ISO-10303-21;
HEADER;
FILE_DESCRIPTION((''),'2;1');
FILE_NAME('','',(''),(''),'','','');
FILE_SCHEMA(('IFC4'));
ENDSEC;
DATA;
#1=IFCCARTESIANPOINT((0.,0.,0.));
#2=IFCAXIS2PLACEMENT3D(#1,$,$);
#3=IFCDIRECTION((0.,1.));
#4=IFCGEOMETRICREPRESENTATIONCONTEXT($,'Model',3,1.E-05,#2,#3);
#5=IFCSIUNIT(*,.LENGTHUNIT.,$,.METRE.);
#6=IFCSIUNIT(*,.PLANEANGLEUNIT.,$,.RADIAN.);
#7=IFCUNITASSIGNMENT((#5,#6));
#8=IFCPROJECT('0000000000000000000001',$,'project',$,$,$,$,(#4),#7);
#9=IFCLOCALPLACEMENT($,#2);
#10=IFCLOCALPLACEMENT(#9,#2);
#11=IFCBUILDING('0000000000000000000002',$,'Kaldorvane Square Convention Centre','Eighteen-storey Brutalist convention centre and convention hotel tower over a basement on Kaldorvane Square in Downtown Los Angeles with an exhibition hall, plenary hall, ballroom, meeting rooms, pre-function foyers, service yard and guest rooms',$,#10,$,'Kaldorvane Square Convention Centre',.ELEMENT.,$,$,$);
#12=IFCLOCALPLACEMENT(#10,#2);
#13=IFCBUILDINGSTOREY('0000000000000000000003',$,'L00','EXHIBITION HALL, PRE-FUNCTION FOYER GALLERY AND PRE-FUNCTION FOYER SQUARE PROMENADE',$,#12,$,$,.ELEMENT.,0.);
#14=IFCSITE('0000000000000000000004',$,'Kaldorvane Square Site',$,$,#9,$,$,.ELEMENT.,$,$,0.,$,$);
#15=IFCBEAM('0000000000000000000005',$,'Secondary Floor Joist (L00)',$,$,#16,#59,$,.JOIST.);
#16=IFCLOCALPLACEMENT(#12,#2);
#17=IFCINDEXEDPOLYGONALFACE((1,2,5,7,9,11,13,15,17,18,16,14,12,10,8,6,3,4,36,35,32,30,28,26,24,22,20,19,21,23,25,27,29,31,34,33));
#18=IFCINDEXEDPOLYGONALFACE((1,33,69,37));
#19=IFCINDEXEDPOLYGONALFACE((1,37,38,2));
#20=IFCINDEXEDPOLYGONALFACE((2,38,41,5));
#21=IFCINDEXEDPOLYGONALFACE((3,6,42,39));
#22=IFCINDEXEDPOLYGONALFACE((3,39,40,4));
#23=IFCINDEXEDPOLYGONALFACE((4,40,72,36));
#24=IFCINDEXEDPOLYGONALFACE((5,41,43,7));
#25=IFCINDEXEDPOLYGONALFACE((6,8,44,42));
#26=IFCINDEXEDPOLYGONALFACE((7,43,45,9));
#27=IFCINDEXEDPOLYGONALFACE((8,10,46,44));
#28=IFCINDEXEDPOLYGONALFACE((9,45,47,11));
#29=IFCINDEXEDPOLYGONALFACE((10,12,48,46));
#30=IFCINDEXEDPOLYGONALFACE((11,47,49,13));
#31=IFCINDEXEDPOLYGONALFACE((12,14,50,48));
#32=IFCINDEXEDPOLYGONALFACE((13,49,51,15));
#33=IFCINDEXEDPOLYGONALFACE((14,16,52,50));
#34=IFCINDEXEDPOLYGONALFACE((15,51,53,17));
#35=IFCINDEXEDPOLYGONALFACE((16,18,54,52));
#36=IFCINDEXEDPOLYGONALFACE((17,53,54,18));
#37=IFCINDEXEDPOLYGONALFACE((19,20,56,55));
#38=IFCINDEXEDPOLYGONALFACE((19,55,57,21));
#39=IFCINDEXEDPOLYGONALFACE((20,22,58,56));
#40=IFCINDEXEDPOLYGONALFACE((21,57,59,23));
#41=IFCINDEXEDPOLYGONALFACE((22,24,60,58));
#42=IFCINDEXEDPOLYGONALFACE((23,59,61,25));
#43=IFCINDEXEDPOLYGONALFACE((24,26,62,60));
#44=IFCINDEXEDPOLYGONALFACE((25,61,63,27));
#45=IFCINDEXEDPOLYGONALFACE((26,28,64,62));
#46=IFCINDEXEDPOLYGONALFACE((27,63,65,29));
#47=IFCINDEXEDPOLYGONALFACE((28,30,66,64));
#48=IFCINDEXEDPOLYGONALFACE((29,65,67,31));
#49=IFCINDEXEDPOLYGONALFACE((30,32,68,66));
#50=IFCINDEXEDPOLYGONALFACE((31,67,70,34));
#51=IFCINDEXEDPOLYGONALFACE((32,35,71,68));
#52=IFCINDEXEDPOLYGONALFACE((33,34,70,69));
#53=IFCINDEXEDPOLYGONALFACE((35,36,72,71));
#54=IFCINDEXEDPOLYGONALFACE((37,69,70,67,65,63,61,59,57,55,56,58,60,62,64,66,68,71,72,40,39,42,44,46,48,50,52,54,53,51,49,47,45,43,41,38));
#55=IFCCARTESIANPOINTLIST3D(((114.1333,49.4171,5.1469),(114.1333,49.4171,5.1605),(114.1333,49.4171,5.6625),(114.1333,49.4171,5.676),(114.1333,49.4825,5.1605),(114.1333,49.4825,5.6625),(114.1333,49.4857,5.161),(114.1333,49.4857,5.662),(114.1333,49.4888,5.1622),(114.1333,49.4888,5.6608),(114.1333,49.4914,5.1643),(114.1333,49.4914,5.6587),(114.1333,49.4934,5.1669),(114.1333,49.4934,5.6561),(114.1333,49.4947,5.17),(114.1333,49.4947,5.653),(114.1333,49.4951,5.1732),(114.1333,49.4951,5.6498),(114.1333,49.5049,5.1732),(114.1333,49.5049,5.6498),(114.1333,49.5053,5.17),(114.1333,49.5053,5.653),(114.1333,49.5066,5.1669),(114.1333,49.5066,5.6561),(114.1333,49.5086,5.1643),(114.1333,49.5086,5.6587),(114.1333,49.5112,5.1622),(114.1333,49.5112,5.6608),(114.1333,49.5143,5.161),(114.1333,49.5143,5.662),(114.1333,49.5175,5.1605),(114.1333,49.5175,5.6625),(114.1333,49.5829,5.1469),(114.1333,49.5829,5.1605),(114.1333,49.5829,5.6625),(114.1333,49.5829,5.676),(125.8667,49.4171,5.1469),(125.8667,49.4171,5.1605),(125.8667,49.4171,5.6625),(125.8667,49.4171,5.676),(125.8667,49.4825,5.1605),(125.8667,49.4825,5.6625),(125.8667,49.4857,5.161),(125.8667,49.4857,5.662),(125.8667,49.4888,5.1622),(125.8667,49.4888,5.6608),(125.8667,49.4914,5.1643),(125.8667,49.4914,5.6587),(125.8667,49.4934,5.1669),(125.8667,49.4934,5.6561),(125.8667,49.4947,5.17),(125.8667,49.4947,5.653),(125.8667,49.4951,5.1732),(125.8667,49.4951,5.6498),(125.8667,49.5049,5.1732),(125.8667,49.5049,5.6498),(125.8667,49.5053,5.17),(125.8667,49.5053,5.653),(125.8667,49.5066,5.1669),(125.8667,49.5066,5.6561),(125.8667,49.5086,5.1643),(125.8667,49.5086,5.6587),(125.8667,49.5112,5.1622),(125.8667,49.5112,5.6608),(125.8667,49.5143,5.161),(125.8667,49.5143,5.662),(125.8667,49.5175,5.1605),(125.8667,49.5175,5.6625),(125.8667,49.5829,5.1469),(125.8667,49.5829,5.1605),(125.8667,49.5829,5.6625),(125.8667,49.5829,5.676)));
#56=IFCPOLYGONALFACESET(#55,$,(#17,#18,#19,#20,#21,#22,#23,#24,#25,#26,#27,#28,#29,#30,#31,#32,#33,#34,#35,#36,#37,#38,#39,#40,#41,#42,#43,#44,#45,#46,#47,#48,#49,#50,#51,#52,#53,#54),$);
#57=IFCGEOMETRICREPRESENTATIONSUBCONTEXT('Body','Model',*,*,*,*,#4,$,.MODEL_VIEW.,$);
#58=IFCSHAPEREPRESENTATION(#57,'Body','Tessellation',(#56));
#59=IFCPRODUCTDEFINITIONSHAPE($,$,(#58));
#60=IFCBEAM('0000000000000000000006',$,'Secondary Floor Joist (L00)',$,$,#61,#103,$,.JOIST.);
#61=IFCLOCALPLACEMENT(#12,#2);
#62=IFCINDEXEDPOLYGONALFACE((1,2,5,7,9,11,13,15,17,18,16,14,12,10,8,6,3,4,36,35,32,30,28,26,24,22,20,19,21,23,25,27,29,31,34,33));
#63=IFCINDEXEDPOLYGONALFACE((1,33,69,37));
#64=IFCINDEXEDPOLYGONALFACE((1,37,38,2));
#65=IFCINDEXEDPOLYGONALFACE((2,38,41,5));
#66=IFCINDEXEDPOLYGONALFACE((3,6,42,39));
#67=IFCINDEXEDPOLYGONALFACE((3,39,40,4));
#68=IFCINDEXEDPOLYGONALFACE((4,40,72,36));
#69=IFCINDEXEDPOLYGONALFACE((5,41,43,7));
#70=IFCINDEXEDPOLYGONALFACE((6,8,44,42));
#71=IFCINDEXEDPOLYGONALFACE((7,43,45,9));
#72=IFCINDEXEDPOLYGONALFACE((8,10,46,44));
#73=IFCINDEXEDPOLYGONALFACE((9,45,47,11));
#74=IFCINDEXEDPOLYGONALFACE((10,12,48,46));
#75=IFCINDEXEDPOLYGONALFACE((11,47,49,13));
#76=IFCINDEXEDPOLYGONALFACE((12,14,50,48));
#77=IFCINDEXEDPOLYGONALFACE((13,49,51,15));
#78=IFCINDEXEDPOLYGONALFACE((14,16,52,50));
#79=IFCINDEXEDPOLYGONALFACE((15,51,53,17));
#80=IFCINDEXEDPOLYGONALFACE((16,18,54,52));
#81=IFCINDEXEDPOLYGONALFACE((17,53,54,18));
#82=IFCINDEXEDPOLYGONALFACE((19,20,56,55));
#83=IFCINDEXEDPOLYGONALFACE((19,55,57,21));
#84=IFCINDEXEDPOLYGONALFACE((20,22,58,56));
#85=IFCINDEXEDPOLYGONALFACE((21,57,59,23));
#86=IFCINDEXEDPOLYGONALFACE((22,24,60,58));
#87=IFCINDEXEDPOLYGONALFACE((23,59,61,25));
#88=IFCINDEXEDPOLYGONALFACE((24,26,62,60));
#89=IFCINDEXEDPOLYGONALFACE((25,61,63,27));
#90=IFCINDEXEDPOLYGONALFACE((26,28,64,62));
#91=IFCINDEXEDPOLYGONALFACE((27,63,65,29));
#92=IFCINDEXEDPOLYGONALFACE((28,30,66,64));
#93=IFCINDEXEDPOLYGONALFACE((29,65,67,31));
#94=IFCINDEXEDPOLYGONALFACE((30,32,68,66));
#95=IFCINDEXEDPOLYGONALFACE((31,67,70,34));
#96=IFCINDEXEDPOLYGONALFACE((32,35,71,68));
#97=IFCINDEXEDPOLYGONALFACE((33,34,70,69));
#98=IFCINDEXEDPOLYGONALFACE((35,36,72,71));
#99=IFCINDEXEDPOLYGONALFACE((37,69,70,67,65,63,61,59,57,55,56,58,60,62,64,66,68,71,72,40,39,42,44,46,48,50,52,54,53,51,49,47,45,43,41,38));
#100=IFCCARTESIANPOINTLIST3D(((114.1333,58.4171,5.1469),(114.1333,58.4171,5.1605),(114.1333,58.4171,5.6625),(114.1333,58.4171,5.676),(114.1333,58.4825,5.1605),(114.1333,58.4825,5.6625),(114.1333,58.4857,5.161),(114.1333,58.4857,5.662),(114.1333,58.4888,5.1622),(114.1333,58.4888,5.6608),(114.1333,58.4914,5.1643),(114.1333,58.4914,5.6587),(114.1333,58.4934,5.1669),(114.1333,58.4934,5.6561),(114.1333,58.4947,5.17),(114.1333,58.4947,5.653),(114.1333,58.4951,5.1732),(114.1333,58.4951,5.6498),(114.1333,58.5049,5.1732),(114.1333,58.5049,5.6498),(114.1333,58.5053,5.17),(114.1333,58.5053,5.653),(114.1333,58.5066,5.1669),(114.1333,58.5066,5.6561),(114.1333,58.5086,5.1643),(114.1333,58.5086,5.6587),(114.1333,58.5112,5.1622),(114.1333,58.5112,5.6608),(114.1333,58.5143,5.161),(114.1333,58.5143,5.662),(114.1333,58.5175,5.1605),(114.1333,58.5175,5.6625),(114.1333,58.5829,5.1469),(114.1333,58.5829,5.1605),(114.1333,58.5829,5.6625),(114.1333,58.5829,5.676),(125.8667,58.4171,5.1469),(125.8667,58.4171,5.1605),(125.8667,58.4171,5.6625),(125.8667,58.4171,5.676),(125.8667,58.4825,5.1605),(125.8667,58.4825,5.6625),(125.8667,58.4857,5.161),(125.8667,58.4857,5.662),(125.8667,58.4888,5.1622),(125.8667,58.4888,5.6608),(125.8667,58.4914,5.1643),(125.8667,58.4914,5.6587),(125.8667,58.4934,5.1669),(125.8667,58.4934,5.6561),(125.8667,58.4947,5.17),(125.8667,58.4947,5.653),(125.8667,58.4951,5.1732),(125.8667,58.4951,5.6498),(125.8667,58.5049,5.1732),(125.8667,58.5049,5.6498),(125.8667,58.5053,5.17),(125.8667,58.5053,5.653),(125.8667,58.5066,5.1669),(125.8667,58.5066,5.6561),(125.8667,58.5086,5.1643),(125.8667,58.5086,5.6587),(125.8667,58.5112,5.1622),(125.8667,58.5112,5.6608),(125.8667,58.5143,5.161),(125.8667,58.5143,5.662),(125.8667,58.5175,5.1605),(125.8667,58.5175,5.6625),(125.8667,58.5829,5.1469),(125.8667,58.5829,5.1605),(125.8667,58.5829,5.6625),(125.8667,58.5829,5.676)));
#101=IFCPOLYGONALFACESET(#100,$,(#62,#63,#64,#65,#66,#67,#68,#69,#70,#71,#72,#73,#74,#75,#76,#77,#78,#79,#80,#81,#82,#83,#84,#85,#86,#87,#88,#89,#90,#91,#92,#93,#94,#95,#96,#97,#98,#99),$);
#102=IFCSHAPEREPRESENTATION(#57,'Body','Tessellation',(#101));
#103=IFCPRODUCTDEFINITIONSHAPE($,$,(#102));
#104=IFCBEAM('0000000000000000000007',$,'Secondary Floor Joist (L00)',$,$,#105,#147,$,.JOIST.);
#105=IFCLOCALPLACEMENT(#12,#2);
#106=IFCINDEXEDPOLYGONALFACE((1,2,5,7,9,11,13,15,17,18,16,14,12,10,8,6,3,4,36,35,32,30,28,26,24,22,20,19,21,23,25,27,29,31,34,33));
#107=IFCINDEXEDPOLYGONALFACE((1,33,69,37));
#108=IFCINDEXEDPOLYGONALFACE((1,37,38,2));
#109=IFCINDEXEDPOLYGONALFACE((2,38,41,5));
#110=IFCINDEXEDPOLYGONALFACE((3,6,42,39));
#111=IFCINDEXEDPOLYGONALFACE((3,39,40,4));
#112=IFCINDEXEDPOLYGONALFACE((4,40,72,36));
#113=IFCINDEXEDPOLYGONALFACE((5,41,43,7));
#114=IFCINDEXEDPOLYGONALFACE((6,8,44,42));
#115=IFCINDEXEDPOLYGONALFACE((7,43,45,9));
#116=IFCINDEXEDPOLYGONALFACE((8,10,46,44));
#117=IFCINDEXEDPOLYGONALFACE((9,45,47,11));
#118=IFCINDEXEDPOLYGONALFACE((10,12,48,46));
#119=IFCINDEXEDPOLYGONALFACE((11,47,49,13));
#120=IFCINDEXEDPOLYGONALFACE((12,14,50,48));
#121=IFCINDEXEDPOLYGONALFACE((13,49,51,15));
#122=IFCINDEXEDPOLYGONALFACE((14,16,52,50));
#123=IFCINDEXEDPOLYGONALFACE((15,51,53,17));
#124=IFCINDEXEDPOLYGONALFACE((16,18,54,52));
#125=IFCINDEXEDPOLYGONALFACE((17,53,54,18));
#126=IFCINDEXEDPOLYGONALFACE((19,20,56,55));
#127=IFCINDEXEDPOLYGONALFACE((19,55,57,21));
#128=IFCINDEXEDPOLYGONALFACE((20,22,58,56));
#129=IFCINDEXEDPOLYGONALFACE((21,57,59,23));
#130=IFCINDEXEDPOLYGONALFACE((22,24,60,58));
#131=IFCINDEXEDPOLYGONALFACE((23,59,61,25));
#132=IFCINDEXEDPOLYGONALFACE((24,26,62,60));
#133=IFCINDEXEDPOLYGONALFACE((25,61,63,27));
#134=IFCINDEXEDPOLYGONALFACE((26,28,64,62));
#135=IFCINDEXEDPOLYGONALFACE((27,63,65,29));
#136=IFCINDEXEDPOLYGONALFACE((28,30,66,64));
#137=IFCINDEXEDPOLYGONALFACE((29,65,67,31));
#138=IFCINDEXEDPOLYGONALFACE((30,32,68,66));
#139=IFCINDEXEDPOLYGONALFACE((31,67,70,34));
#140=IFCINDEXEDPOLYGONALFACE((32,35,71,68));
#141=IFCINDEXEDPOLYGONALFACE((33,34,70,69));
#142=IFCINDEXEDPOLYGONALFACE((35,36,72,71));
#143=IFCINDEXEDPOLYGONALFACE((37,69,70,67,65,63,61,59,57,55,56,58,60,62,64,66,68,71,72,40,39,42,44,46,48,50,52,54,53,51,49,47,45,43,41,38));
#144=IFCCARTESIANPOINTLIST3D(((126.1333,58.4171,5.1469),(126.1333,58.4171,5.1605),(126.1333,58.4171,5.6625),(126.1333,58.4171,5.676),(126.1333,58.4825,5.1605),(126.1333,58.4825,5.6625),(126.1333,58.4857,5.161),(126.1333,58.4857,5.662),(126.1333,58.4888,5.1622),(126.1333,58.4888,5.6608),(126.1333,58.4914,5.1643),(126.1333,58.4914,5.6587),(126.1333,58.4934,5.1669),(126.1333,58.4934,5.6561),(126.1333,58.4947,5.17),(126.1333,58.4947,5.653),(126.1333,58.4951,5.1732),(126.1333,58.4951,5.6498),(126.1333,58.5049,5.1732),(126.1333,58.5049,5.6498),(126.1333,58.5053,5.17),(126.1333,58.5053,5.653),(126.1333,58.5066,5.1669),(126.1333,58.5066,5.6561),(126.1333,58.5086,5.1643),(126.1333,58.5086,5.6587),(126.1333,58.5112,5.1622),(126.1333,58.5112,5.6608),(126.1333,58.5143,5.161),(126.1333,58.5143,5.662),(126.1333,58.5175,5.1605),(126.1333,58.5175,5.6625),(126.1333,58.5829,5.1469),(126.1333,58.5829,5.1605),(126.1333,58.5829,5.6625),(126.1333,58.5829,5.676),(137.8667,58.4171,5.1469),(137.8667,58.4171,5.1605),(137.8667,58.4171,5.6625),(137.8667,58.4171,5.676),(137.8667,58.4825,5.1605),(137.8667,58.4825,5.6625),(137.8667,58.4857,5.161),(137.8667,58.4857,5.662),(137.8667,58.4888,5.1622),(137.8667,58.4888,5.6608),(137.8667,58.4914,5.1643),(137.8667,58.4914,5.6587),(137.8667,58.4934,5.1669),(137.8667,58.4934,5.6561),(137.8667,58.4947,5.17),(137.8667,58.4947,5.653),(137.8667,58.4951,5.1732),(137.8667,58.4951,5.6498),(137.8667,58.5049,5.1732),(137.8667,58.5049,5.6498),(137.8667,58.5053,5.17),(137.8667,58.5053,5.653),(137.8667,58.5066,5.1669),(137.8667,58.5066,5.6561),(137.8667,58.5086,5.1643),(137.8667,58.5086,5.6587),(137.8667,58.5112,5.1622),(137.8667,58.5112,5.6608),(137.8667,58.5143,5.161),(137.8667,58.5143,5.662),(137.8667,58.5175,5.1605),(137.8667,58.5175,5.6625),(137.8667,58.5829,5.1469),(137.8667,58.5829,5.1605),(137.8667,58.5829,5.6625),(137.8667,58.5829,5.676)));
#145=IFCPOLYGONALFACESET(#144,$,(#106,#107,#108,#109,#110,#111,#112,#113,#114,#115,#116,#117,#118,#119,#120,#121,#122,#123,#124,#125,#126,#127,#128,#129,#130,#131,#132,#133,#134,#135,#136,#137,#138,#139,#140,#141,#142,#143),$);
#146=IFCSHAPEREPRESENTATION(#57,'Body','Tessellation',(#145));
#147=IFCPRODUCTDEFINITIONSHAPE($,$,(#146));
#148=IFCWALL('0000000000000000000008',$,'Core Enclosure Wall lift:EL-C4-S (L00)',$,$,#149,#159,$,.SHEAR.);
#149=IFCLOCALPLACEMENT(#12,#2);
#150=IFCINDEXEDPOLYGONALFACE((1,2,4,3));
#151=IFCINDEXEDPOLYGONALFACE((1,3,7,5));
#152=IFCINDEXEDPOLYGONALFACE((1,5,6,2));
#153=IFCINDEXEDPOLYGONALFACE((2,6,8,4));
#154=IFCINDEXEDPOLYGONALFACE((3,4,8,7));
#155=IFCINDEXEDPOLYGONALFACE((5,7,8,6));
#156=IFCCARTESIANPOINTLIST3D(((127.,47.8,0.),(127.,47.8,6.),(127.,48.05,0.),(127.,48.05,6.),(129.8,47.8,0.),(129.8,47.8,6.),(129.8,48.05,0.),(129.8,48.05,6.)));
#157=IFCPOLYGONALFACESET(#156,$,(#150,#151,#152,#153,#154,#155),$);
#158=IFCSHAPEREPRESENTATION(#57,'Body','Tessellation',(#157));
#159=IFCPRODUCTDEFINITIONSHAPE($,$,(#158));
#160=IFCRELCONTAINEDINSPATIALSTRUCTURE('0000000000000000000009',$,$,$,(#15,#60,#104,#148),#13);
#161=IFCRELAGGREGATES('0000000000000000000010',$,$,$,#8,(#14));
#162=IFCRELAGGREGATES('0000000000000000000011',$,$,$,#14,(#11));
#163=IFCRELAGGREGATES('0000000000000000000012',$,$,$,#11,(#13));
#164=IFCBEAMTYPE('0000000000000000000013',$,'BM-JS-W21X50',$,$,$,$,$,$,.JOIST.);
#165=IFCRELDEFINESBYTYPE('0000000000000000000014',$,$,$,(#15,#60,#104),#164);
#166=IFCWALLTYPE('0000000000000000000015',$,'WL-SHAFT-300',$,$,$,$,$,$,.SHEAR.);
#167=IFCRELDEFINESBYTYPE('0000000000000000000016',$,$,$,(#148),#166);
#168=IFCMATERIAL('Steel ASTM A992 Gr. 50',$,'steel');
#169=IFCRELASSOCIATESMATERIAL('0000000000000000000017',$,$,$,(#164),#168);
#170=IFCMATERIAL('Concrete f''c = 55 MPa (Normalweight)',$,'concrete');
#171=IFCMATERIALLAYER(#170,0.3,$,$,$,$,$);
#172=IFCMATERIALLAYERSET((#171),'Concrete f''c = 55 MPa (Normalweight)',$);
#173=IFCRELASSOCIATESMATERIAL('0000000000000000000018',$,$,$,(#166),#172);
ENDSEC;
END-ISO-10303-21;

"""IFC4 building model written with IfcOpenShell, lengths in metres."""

from ifc_helpers import new_model, si_unit, direction, frame, frame_2d, origin, origin_2d, place, context, subcontext, project, spatial, rectangle, i_section, extrude, material, layer, layer_set, material_profile, profile_set, type_object, element, save


model = new_model("IFC4")

# Units and contexts
model_context = context("Model", 3, precision=1e-05, world=origin(), true_north=direction((0.0, 1.0)))
body_context = subcontext(model_context, "Body", "Model", "MODEL_VIEW")
ifc_project = project(units=[si_unit("LENGTHUNIT", "METRE"), si_unit("PLANEANGLEUNIT", "RADIAN")], contexts=[model_context])

# Site, building, storey
site_placement = place(None, origin())
site = spatial("IfcSite", under=ifc_project, at=site_placement, Name="Kaldorvane Square Site", CompositionType="ELEMENT", RefElevation=0.0)
building_placement = place(site_placement, origin())
building = spatial("IfcBuilding", under=site, at=building_placement, Name="Kaldorvane Square Convention Centre", Description="Eighteen-storey Brutalist convention centre and convention hotel tower over a basement on Kaldorvane Square in Downtown Los Angeles with an exhibition hall, plenary hall, ballroom, meeting rooms, pre-function foyers, service yard and guest rooms", LongName="Kaldorvane Square Convention Centre", CompositionType="ELEMENT")
storey_placement = place(building_placement, origin())
storey = spatial("IfcBuildingStorey", under=building, at=storey_placement, Name="L00", Description="EXHIBITION HALL, PRE-FUNCTION FOYER GALLERY AND PRE-FUNCTION FOYER SQUARE PROMENADE", CompositionType="ELEMENT", Elevation=0.0)

# Shared definitions
ifc_material_1 = material(Name="Steel ASTM A992 Gr. 50", Category="steel")

# Beams
ifc_material_profile_1 = material_profile(ifc_material_1, i_section(OverallWidth=0.1659, OverallDepth=0.5291, WebThickness=0.0097, FlangeThickness=0.0136, FilletRadius=0.0127, at=origin_2d()), Name="W21X50")
ifc_profile_set_1 = profile_set([ifc_material_profile_1], Name="Steel ASTM A992 Gr. 50")
beam_type_1 = type_object("IfcBeamType", Name="BM-JS-W21X50", PredefinedType="JOIST", material=ifc_profile_set_1)
for number, where, z_axis, x_axis, name in (
    (1, (114.1333, 49.5, 5.4115), (1.0, 0.0, 0.0), (0.0, 1.0, 0.0), "Secondary Floor Joist (L00)"),
    (2, (114.1333, 58.5, 5.4115), (1.0, 0.0, 0.0), (0.0, 1.0, 0.0), "Secondary Floor Joist (L00)"),
    (3, (126.1333, 58.5, 5.4115), (1.0, 0.0, 0.0), (0.0, 1.0, 0.0), "Secondary Floor Joist (L00)"),
):
    element("IfcBeam", number, at=place(storey_placement, frame(where, z_axis=z_axis, x_axis=x_axis)), inside=storey, type_object=beam_type_1, Name=name, PredefinedType="JOIST", context=body_context, shape_type="SweptSolid", body=[
        extrude(i_section(OverallWidth=0.1659, OverallDepth=0.5291, WebThickness=0.0097, FlangeThickness=0.0136, FilletRadius=0.0127, at=origin_2d()), origin(), (0.0, 0.0, 1.0), 11.7334),
    ])

# Shared definitions
ifc_material_2 = material(Name="Concrete f'c = 55 MPa (Normalweight)", Category="concrete")
ifc_layer = layer(ifc_material_2, 0.3)
ifc_layer_set = layer_set([ifc_layer], Name="Concrete f'c = 55 MPa (Normalweight)")
wall_type = type_object("IfcWallType", Name="WL-SHAFT-300", PredefinedType="SHEAR", material=ifc_layer_set)

# Wall
wall_1_placement = place(storey_placement, frame((127.0, 47.925, 0.0), z_axis=(0.0, 0.0, 1.0), x_axis=(1.0, 0.0, 0.0)))
element("IfcWall", 4, at=wall_1_placement, inside=storey, type_object=wall_type, Name="Core Enclosure Wall lift:EL-C4-S (L00)", PredefinedType="SHEAR", context=body_context, shape_type="SweptSolid", body=[
    extrude(rectangle(XDim=2.8, YDim=0.25, at=frame_2d((1.4, 0.0))), origin(), (0.0, 0.0, 1.0), 6.0),
])

save(model, "model.ifc")
